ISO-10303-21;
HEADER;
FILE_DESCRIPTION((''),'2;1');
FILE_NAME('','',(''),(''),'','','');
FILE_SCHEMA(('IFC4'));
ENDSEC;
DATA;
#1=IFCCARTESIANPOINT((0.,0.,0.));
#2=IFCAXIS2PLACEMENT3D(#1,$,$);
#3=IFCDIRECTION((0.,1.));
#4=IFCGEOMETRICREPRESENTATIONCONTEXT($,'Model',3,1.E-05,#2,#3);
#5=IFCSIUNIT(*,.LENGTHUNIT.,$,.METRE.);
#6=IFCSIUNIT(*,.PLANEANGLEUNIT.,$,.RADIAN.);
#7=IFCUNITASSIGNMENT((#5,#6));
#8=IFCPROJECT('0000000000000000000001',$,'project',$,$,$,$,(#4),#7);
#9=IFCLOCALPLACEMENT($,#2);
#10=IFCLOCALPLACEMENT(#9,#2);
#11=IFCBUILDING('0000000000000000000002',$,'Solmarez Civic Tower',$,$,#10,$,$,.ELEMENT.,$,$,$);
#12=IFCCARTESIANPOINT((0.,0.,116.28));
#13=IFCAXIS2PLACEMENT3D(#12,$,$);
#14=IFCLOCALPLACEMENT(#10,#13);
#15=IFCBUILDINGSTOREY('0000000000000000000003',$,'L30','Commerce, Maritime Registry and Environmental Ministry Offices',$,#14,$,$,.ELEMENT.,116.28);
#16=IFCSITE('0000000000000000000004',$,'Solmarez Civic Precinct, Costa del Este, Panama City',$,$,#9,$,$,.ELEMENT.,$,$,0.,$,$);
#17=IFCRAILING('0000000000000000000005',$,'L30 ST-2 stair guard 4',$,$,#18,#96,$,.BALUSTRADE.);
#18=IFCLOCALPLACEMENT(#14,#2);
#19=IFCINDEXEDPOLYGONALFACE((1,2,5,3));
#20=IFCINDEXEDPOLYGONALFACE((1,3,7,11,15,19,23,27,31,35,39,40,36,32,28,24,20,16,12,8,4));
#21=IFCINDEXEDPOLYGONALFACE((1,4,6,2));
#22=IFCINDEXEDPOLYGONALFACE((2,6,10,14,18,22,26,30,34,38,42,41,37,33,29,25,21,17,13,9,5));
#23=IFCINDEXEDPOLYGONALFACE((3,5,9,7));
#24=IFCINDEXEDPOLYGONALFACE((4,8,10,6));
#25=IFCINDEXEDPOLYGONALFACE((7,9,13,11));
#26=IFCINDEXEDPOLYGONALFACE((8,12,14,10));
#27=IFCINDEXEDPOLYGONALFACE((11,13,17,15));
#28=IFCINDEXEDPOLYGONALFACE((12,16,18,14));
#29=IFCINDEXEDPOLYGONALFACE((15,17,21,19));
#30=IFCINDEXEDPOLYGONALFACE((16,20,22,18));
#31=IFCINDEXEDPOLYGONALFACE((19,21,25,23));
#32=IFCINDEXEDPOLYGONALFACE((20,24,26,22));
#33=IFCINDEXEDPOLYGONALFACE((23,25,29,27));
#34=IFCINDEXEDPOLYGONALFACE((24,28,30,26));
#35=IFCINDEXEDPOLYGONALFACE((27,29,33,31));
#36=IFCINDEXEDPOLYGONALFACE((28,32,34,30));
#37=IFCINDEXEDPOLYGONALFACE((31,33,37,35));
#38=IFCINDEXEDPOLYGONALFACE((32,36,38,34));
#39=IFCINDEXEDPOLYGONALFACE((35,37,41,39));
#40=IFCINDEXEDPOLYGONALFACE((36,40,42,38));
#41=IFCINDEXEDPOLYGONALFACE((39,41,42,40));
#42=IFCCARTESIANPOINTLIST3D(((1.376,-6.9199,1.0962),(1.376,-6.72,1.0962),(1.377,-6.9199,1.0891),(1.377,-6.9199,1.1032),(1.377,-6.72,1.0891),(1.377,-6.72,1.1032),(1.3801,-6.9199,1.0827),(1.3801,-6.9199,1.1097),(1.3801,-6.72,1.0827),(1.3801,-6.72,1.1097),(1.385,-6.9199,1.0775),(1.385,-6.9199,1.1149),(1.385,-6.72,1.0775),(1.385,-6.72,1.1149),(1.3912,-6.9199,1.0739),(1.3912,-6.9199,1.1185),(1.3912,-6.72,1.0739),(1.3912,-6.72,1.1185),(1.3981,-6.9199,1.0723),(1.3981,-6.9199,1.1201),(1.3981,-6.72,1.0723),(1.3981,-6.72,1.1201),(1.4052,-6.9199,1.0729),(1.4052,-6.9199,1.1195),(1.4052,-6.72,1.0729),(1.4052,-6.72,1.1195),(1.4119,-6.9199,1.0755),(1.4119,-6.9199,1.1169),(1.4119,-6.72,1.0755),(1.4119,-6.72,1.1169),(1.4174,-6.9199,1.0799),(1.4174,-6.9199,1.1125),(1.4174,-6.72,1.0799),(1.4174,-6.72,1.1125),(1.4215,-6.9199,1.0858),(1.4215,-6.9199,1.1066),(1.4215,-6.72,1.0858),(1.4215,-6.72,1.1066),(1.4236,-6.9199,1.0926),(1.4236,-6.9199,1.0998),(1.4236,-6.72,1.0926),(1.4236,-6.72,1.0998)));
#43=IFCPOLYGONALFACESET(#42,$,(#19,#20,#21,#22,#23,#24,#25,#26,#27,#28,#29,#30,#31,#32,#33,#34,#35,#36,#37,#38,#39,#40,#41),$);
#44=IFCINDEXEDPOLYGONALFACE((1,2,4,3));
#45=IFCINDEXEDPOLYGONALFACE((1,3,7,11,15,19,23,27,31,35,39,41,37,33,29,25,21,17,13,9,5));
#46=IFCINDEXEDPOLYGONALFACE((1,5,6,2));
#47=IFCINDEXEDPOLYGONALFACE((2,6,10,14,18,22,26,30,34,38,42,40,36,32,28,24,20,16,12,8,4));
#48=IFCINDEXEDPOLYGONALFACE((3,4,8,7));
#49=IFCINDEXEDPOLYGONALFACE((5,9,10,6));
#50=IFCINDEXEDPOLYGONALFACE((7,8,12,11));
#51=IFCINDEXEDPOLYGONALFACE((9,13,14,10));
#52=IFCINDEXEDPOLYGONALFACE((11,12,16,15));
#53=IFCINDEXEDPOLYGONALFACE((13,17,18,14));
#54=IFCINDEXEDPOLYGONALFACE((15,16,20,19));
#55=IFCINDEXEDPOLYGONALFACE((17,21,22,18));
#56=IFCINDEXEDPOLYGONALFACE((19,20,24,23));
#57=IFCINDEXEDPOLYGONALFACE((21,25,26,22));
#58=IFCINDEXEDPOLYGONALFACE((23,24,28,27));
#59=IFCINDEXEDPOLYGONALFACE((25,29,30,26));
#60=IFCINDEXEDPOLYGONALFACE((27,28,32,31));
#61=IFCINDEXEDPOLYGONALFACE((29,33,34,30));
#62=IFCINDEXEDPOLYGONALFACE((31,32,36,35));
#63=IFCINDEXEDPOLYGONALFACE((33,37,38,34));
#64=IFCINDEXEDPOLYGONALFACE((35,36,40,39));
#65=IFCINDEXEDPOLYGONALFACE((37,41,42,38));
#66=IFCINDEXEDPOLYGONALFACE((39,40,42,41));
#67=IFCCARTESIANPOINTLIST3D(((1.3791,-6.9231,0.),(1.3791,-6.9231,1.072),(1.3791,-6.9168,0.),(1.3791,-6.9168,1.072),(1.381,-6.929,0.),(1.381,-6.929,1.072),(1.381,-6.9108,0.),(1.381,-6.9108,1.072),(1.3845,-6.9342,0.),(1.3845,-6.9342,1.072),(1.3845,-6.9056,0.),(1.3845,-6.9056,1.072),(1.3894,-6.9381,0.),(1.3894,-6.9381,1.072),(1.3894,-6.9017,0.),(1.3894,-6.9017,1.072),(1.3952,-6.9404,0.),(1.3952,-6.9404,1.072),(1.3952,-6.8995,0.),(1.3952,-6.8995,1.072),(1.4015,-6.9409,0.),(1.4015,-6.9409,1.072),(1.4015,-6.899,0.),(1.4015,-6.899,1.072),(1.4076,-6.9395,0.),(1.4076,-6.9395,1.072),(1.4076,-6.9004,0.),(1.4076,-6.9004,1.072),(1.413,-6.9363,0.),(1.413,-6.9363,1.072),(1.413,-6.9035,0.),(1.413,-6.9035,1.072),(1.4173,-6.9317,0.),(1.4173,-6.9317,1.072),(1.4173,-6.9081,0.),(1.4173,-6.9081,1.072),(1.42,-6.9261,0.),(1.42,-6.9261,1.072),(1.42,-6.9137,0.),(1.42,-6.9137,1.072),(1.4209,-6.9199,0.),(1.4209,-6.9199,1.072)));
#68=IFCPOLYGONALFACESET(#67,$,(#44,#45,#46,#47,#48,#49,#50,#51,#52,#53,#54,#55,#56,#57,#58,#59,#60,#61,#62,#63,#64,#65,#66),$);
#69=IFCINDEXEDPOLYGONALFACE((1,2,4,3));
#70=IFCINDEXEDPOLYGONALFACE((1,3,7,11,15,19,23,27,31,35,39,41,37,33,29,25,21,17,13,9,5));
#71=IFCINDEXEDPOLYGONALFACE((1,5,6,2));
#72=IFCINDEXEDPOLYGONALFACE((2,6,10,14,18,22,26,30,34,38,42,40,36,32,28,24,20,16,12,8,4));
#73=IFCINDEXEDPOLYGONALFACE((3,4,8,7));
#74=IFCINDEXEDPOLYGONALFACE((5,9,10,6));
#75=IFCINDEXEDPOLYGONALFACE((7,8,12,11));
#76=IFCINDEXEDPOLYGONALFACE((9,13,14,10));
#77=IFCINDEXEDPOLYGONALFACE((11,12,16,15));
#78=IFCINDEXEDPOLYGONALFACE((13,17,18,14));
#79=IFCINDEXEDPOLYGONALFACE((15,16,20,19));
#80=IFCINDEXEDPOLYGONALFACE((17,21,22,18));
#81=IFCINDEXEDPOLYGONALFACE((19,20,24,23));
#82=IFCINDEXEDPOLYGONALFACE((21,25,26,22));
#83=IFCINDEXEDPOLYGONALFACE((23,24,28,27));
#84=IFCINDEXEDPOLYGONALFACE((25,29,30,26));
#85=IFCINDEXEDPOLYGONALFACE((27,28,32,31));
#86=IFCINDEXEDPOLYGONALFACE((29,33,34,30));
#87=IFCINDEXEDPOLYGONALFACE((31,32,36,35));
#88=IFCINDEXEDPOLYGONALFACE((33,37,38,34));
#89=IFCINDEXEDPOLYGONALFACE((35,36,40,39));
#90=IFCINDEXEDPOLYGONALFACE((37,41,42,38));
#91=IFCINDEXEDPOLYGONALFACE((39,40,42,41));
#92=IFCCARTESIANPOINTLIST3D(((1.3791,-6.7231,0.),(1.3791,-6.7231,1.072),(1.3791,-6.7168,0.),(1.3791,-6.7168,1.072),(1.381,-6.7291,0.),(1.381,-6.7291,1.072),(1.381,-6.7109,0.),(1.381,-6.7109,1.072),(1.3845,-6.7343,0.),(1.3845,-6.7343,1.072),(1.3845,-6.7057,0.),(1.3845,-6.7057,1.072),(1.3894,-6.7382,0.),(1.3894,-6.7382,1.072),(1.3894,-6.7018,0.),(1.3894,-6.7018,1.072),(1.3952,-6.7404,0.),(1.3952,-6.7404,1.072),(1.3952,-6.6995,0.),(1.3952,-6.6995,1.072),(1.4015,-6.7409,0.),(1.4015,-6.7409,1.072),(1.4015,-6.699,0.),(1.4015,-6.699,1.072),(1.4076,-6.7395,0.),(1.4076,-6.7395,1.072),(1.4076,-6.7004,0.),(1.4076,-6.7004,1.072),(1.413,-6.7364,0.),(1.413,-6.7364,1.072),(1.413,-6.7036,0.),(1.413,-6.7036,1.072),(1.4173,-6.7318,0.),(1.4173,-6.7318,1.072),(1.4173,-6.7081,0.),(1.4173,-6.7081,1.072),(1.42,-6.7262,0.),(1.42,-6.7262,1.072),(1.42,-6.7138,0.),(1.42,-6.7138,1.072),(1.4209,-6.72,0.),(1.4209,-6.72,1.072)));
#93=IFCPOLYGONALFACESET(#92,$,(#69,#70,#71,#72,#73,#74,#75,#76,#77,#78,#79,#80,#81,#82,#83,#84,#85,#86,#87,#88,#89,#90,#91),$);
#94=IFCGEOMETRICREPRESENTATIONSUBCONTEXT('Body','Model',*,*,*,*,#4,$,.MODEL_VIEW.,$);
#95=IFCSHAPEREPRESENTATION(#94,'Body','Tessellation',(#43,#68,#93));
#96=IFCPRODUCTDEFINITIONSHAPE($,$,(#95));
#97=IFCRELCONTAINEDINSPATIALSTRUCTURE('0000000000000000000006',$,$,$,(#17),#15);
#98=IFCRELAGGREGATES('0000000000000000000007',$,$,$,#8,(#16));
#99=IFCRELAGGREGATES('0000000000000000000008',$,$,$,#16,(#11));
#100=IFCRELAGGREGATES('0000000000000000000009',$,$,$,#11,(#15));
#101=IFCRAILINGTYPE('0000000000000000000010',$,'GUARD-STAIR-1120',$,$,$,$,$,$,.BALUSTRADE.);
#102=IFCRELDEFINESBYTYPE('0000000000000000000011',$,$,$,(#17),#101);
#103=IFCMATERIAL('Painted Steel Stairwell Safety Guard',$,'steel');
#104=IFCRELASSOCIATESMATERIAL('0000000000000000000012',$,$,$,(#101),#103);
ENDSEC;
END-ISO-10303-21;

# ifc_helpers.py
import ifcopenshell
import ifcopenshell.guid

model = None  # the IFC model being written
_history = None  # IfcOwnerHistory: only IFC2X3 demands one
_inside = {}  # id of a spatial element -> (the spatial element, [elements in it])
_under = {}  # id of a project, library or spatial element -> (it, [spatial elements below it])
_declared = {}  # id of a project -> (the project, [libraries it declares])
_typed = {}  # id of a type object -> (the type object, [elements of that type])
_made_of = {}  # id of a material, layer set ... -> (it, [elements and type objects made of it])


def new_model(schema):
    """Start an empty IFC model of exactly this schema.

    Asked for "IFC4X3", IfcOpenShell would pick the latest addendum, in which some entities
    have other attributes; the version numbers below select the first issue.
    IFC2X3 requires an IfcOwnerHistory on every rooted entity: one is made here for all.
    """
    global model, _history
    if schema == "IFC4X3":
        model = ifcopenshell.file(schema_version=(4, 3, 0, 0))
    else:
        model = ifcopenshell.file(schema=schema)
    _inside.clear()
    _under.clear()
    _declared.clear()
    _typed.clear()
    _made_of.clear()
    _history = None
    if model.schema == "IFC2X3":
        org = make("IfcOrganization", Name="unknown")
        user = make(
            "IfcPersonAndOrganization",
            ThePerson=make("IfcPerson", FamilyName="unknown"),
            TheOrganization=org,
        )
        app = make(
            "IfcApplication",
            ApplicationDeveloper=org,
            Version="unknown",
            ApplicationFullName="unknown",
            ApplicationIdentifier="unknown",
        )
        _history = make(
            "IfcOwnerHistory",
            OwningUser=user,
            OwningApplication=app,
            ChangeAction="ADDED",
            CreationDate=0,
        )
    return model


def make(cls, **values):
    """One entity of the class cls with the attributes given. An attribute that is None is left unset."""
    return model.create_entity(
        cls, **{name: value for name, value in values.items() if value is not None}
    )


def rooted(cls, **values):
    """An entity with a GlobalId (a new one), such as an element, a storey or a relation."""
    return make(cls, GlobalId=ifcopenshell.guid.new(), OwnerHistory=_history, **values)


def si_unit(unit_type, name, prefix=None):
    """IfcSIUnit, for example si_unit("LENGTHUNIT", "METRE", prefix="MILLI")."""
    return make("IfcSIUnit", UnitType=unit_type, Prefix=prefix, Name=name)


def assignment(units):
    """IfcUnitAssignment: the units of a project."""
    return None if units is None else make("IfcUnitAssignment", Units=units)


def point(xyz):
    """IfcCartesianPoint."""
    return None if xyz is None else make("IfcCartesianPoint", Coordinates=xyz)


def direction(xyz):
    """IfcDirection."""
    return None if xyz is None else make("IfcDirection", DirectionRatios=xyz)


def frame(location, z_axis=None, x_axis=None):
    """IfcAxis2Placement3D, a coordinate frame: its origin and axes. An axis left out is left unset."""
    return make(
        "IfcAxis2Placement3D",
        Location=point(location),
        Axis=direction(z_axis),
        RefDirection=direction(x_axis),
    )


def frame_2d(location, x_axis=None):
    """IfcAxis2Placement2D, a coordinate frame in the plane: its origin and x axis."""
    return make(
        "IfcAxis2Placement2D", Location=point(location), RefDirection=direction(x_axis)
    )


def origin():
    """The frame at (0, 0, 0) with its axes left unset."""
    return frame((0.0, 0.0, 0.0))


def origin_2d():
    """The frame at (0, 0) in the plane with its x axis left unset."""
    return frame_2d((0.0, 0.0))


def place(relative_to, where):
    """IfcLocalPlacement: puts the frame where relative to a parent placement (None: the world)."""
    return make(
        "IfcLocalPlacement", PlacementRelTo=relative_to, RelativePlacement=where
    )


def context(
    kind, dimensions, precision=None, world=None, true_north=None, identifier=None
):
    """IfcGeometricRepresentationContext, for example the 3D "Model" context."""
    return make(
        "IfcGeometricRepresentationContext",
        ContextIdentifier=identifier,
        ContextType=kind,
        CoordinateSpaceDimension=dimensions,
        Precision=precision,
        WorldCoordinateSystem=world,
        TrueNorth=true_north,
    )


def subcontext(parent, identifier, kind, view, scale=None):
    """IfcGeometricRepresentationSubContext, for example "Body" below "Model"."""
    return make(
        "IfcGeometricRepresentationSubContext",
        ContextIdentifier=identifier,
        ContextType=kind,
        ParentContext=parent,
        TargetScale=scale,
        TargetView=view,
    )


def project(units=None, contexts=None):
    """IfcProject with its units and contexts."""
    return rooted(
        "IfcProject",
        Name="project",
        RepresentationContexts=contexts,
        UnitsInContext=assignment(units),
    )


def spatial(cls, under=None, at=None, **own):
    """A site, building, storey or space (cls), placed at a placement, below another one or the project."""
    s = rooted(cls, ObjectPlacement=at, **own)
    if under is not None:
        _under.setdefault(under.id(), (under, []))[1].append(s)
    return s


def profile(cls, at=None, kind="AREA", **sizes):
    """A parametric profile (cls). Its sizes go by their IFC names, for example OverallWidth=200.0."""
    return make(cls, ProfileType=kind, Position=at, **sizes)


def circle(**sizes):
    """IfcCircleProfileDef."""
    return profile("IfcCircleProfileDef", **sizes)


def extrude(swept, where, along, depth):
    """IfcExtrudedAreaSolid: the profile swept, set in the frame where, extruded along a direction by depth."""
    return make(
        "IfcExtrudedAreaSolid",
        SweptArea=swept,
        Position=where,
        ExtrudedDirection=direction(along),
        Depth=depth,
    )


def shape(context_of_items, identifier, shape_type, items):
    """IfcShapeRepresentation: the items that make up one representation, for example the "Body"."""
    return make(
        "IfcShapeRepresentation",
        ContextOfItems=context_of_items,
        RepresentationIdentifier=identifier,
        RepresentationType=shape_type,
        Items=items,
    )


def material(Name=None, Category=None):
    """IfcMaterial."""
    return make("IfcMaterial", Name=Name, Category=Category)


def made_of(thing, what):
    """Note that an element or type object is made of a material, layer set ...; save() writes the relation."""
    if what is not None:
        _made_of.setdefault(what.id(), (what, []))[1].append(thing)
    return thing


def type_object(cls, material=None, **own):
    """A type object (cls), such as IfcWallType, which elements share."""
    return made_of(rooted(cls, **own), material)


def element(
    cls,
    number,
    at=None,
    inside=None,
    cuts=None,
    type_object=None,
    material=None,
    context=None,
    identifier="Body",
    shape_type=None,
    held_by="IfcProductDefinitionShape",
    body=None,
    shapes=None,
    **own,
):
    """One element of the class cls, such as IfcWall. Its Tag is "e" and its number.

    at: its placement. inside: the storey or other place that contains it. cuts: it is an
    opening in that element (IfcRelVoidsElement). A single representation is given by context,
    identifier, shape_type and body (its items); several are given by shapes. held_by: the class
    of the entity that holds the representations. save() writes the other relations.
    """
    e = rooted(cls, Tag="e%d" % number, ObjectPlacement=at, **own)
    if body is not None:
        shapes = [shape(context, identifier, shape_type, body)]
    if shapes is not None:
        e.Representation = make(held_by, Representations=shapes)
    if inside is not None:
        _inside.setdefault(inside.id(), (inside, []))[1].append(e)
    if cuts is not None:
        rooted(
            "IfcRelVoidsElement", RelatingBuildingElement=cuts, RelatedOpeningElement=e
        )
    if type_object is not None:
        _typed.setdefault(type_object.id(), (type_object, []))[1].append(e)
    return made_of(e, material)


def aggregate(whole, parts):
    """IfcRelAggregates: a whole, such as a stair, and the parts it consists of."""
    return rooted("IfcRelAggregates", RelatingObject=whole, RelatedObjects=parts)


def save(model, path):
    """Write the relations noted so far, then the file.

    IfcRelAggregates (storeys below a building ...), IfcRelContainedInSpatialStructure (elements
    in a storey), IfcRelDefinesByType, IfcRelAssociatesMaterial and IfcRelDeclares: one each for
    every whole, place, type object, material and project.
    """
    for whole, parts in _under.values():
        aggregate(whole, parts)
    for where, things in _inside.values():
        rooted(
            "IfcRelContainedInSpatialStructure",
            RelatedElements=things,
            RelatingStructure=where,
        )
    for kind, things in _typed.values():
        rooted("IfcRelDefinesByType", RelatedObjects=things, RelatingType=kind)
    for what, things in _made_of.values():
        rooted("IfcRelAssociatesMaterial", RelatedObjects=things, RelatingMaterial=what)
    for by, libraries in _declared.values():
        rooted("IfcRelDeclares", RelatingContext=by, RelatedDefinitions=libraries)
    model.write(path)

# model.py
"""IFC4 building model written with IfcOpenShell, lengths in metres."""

from ifc_helpers import new_model, si_unit, direction, frame, origin, origin_2d, place, context, subcontext, project, spatial, circle, extrude, material, type_object, element, save


model = new_model("IFC4")

# Units and contexts
model_context = context("Model", 3, precision=1e-05, world=origin(), true_north=direction((0.0, 1.0)))
body_context = subcontext(model_context, "Body", "Model", "MODEL_VIEW")
ifc_project = project(units=[si_unit("LENGTHUNIT", "METRE"), si_unit("PLANEANGLEUNIT", "RADIAN")], contexts=[model_context])

# Site, building, storey
site_placement = place(None, origin())
site = spatial("IfcSite", under=ifc_project, at=site_placement, Name="Solmarez Civic Precinct, Costa del Este, Panama City", CompositionType="ELEMENT", RefElevation=0.0)
building_placement = place(site_placement, origin())
building = spatial("IfcBuilding", under=site, at=building_placement, Name="Solmarez Civic Tower", CompositionType="ELEMENT")
storey_placement = place(building_placement, frame((0.0, 0.0, 116.28)))
storey = spatial("IfcBuildingStorey", under=building, at=storey_placement, Name="L30", Description="Commerce, Maritime Registry and Environmental Ministry Offices", CompositionType="ELEMENT", Elevation=116.28)

# Railing
ifc_material_1 = material(Name="Painted Steel Stairwell Safety Guard", Category="steel")
railing_type_1 = type_object("IfcRailingType", Name="GUARD-STAIR-1120", PredefinedType="BALUSTRADE", material=ifc_material_1)
railing_1_placement = place(storey_placement, frame((1.3999, -6.9199, 0.0)))
element("IfcRailing", 1, at=railing_1_placement, inside=storey, type_object=railing_type_1, Name="L30 ST-2 stair guard 4", PredefinedType="BALUSTRADE", context=body_context, shape_type="SweptSolid", body=[
    extrude(circle(Radius=0.0239, at=origin_2d()), frame((0.0, 0.0, 1.0962), z_axis=(0.0, 1.0, 0.0), x_axis=(-1.0, 0.0, 0.0)), (0.0, 0.0, 1.0), 0.2),
    extrude(circle(Radius=0.021, at=origin_2d()), origin(), (0.0, 0.0, 1.0), 1.072),
    extrude(circle(Radius=0.021, at=origin_2d()), frame((0.0, 0.2, 0.0)), (0.0, 0.0, 1.0), 1.072),
])

save(model, "model.ifc")
